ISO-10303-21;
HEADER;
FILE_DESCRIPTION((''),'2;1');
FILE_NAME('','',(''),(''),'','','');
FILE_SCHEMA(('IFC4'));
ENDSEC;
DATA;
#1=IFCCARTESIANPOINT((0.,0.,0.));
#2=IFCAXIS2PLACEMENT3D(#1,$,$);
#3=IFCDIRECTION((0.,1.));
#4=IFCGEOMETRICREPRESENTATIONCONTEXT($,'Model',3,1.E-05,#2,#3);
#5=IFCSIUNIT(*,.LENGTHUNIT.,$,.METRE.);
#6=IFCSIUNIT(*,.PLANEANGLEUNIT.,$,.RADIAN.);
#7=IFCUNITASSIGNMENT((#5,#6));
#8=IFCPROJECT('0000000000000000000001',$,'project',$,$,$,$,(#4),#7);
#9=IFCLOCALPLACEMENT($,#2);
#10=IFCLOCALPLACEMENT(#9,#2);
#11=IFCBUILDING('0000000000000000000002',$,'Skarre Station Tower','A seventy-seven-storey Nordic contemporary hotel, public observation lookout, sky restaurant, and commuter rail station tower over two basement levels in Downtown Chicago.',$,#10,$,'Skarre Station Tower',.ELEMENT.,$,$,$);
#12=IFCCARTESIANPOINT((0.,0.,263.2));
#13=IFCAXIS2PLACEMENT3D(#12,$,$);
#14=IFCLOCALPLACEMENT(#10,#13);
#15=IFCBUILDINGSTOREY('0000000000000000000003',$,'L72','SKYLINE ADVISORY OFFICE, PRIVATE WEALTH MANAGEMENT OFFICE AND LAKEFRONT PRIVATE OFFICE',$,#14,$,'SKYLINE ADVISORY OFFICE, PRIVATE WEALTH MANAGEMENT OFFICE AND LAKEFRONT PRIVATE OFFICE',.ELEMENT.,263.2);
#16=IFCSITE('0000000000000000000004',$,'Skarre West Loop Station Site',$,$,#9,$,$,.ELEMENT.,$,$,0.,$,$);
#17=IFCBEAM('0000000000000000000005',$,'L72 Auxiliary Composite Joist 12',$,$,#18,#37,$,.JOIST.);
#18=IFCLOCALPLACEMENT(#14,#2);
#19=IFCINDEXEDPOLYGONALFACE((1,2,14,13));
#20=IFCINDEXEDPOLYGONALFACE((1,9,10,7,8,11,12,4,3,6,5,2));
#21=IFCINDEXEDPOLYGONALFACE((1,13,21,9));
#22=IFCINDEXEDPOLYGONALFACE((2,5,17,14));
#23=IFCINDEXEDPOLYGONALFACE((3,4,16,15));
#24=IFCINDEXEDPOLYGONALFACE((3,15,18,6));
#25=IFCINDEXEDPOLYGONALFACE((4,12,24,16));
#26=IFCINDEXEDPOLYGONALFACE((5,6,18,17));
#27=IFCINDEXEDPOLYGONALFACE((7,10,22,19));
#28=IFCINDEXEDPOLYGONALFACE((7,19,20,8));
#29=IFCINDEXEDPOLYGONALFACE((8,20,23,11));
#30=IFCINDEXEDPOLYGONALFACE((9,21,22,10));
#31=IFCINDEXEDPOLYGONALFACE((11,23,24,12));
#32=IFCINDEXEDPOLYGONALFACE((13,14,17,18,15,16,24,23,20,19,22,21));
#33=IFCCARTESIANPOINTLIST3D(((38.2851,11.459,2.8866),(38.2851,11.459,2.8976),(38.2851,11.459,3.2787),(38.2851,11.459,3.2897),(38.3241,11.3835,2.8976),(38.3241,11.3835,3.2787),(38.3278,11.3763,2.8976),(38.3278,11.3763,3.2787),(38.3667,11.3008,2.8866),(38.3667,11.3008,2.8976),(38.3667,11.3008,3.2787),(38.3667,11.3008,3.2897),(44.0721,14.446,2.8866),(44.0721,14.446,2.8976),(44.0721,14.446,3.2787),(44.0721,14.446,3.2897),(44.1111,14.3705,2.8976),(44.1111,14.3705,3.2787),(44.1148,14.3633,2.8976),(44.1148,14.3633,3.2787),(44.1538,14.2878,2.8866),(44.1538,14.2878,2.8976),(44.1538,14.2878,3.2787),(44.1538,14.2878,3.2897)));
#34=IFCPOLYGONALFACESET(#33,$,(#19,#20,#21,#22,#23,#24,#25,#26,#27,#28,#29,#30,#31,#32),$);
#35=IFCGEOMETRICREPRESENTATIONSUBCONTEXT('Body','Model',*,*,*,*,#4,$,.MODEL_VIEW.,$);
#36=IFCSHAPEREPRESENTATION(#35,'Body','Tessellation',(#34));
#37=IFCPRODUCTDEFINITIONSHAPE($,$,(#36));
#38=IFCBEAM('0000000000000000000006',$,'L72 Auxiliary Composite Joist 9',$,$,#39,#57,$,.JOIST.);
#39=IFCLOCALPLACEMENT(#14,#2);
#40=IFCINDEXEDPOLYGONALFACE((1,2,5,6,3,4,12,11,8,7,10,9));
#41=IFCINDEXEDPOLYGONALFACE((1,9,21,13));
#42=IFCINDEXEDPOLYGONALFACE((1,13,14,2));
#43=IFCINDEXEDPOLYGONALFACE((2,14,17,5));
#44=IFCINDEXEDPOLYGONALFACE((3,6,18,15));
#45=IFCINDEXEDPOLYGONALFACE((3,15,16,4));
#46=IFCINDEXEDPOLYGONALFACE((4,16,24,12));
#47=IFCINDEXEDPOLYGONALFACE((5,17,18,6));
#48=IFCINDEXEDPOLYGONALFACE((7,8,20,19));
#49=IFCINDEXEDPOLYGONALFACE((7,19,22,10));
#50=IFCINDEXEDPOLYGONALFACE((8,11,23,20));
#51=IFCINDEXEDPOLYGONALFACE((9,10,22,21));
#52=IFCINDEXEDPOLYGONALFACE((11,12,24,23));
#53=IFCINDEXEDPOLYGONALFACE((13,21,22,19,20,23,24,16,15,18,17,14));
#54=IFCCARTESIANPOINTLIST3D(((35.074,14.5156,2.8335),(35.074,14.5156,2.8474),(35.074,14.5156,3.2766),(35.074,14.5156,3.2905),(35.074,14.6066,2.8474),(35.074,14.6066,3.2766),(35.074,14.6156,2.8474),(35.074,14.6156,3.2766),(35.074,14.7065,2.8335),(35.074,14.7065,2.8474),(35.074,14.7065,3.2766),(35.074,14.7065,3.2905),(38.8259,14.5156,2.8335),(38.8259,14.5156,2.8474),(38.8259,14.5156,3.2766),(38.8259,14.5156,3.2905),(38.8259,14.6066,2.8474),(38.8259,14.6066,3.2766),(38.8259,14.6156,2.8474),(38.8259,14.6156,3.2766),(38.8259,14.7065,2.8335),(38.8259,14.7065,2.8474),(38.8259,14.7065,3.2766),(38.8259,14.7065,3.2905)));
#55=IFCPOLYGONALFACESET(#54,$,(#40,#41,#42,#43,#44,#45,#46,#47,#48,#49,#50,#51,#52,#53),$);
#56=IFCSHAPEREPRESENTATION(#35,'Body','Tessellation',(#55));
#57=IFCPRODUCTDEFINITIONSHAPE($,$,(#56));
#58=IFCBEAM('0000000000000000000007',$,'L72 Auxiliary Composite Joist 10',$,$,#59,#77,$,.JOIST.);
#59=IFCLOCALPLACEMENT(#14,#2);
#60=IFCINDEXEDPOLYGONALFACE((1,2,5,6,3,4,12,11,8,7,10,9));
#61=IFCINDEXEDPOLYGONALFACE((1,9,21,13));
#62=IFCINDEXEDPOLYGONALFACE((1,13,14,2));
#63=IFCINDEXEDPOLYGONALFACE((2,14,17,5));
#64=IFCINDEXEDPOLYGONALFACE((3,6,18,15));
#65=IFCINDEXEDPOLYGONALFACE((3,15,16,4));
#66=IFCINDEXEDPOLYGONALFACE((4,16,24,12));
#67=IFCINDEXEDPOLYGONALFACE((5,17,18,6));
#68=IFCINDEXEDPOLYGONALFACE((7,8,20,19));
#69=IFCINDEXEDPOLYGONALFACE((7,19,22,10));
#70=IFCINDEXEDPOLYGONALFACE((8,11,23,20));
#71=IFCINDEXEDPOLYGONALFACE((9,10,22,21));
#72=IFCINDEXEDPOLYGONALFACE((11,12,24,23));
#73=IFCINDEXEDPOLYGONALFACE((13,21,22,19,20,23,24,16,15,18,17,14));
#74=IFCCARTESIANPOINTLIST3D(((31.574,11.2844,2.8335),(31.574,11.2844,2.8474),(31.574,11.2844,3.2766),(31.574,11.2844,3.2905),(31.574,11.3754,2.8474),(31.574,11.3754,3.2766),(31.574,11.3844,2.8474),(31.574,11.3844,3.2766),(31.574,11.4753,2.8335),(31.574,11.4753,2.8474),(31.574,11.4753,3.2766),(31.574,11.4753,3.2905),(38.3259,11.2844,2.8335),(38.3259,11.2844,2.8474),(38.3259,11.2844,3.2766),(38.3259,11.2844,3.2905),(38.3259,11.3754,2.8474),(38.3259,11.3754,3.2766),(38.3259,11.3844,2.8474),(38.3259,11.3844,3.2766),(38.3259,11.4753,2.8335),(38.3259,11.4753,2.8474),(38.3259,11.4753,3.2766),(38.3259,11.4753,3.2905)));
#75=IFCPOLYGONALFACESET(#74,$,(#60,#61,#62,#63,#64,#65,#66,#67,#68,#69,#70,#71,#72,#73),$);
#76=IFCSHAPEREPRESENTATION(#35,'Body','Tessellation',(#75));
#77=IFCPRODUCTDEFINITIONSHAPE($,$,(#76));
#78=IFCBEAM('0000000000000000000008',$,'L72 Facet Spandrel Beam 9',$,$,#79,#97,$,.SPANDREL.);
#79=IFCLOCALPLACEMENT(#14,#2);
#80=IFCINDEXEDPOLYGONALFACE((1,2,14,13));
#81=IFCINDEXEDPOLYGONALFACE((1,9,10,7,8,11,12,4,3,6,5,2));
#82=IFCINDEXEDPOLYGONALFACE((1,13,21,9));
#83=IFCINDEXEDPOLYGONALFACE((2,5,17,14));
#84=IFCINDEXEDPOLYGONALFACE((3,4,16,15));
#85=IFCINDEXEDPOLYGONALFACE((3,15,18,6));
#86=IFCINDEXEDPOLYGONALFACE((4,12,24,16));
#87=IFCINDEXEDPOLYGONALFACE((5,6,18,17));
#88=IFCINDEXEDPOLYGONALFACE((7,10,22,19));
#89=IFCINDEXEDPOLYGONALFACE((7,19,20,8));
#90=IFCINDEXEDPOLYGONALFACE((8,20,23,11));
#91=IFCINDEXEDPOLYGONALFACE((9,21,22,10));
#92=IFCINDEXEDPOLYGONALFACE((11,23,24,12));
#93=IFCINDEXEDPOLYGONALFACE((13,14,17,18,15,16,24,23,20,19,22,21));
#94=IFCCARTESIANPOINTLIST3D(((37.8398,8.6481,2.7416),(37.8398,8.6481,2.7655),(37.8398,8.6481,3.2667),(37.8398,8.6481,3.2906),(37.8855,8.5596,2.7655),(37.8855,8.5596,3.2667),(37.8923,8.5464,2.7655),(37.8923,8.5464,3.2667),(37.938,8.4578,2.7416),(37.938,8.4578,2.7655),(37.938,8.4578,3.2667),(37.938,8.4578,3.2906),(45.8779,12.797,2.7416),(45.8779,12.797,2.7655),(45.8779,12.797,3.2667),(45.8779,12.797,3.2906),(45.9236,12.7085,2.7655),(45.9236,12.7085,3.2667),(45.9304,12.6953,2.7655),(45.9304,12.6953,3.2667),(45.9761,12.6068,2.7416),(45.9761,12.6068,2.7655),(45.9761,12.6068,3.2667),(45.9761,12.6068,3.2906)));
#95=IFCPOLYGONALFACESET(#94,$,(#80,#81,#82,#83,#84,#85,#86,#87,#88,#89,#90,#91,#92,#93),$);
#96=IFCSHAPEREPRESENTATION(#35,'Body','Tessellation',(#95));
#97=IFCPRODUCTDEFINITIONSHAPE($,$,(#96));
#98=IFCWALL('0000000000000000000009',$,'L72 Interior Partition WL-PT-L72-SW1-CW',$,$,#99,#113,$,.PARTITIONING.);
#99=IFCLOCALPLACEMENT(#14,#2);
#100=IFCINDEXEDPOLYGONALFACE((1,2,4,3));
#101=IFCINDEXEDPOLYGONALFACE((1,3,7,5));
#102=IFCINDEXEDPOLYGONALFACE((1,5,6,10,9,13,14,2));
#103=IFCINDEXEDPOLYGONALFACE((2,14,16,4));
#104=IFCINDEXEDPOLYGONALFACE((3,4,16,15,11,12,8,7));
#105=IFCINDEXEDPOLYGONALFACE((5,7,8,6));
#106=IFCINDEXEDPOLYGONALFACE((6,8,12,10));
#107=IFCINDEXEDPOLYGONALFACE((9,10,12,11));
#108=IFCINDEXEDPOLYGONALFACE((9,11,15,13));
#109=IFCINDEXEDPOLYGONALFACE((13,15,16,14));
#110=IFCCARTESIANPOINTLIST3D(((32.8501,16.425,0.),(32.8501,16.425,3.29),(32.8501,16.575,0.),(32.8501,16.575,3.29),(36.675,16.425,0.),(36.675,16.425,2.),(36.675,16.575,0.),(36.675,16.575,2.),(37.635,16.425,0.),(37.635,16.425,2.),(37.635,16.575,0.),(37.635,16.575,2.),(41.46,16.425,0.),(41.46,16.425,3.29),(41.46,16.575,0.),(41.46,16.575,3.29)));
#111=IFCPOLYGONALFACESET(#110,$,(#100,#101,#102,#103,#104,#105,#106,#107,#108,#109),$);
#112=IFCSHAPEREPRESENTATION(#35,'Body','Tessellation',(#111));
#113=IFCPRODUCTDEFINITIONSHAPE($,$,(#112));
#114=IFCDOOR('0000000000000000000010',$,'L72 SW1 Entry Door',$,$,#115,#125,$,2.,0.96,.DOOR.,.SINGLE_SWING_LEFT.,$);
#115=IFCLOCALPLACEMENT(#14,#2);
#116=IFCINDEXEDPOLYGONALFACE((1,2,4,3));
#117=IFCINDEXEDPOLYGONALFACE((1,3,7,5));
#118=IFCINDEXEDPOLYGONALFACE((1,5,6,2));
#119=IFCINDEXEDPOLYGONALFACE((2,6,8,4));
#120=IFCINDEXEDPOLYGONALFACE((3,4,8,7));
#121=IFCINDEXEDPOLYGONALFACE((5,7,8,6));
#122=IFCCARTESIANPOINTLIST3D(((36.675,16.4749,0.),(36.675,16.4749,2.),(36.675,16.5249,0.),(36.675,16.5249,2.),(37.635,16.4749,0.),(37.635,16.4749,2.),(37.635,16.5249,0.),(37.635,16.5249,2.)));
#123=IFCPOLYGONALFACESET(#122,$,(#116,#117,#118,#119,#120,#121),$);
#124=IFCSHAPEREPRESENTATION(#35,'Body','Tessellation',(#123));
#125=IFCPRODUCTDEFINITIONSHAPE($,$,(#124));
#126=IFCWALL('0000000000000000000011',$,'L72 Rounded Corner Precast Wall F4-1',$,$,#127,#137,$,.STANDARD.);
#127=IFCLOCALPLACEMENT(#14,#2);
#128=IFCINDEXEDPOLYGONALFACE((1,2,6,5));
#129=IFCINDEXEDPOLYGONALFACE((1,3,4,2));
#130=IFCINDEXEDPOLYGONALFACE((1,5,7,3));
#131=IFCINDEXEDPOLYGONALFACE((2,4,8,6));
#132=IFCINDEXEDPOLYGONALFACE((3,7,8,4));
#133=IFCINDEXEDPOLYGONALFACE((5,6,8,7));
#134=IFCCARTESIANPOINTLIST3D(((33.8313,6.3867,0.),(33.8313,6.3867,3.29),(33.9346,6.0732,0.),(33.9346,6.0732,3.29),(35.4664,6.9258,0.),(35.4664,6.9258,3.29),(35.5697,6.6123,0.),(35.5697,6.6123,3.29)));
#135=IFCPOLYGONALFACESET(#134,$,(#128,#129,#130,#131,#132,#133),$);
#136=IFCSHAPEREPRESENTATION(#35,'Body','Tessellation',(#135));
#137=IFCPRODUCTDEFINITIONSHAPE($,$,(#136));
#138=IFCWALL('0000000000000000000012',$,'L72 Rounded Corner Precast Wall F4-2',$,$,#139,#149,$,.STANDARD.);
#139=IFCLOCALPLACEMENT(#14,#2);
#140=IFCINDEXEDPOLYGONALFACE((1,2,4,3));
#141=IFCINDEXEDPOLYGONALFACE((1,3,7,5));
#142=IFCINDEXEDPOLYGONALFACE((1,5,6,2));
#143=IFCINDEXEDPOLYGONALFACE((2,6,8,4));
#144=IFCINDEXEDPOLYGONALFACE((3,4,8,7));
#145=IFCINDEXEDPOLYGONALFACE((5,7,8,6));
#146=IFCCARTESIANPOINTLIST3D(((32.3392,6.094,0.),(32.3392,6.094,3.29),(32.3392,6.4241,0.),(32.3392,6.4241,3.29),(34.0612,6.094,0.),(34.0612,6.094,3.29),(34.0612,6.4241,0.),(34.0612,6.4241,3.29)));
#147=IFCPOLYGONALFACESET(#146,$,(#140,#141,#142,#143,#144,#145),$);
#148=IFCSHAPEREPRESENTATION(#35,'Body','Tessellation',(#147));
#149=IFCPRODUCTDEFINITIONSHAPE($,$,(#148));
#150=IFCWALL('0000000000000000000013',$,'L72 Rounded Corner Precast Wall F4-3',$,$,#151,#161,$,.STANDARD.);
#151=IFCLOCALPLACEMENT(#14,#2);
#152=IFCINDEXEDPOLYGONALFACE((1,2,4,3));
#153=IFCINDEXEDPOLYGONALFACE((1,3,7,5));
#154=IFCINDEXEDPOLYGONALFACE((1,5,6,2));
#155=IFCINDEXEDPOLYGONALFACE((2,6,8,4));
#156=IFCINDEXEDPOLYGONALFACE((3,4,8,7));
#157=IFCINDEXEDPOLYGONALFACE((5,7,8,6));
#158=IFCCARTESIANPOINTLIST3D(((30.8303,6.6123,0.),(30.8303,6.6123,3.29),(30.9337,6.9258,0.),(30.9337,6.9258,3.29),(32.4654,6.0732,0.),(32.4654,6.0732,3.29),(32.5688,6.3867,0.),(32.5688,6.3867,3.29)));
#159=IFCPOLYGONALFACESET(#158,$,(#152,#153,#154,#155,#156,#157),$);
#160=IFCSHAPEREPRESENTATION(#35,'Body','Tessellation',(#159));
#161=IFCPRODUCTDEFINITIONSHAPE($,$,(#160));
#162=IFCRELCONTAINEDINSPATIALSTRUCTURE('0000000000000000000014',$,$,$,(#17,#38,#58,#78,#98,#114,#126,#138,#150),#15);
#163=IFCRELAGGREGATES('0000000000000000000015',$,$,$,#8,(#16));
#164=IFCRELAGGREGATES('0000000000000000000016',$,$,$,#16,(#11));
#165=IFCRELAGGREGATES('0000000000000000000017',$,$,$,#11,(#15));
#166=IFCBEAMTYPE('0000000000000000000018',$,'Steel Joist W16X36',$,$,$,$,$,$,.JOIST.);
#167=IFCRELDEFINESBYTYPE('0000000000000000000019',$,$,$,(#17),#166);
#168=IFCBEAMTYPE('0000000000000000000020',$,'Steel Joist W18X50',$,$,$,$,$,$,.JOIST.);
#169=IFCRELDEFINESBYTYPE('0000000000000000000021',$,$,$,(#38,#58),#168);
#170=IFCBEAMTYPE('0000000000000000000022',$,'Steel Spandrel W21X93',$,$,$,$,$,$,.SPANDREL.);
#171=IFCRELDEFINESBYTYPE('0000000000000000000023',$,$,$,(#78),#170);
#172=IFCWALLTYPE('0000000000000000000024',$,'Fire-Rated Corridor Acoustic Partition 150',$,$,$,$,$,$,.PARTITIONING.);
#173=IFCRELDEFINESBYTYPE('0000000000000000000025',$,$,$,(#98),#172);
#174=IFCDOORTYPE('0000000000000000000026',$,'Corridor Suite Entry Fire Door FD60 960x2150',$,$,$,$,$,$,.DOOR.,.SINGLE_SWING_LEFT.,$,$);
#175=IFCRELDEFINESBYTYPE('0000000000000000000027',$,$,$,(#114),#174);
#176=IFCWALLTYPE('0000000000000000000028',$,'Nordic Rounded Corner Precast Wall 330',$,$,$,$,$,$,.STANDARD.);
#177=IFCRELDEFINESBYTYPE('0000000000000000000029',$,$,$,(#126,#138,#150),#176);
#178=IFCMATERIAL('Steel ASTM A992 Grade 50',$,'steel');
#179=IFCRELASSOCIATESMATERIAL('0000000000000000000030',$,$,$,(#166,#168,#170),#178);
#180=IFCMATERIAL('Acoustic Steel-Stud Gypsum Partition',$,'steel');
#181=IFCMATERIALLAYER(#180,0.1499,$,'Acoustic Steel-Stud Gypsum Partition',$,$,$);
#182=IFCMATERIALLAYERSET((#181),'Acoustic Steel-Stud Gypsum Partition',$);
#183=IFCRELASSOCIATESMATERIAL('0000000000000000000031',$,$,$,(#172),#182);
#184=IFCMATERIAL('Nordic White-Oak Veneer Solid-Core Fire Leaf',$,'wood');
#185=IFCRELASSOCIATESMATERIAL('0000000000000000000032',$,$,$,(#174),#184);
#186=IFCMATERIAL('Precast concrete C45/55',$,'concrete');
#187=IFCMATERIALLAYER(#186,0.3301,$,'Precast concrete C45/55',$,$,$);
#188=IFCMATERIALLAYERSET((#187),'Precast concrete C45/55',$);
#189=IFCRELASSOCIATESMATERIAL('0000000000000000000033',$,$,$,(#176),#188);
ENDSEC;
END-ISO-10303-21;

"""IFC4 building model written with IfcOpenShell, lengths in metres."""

from ifc_helpers import new_model, si_unit, direction, frame, frame_2d, origin, origin_2d, place, context, subcontext, project, spatial, rectangle, i_section, extrude, material, layer, layer_set, material_profile, profile_set, type_object, element, fill, save


model = new_model("IFC4")

# Units and contexts
model_context = context("Model", 3, precision=1e-05, world=origin(), true_north=direction((0.0, 1.0)))
body_context = subcontext(model_context, "Body", "Model", "MODEL_VIEW")
ifc_project = project(units=[si_unit("LENGTHUNIT", "METRE"), si_unit("PLANEANGLEUNIT", "RADIAN")], contexts=[model_context])

# Site, building, storey
site_placement = place(None, origin())
site = spatial("IfcSite", under=ifc_project, at=site_placement, Name="Skarre West Loop Station Site", CompositionType="ELEMENT", RefElevation=0.0)
building_placement = place(site_placement, origin())
building = spatial("IfcBuilding", under=site, at=building_placement, Name="Skarre Station Tower", Description="A seventy-seven-storey Nordic contemporary hotel, public observation lookout, sky restaurant, and commuter rail station tower over two basement levels in Downtown Chicago.", LongName="Skarre Station Tower", CompositionType="ELEMENT")
storey_placement = place(building_placement, frame((0.0, 0.0, 263.2)))
storey = spatial("IfcBuildingStorey", under=building, at=storey_placement, Name="L72", Description="SKYLINE ADVISORY OFFICE, PRIVATE WEALTH MANAGEMENT OFFICE AND LAKEFRONT PRIVATE OFFICE", LongName="SKYLINE ADVISORY OFFICE, PRIVATE WEALTH MANAGEMENT OFFICE AND LAKEFRONT PRIVATE OFFICE", CompositionType="ELEMENT", Elevation=263.2)

# Beams
ifc_material_1 = material(Name="Steel ASTM A992 Grade 50", Category="steel")
ifc_material_profile_1 = material_profile(ifc_material_1, i_section(OverallWidth=0.178, OverallDepth=0.4031, WebThickness=0.0081, FlangeThickness=0.011, at=origin_2d()), Name="Steel ASTM A992 Grade 50")
ifc_profile_set_1 = profile_set([ifc_material_profile_1], Name="Steel ASTM A992 Grade 50")
beam_type_1 = type_object("IfcBeamType", Name="Steel Joist W16X36", PredefinedType="JOIST", material=ifc_profile_set_1)
beam_1_placement = place(storey_placement, frame((38.3259, 11.3799, 3.0881), z_axis=(0.88861, 0.458663, 0.0), x_axis=(-0.458663, 0.88861, 0.0)))
element("IfcBeam", 1, at=beam_1_placement, inside=storey, type_object=beam_type_1, Name="L72 Auxiliary Composite Joist 12", PredefinedType="JOIST", context=body_context, shape_type="SweptSolid", body=[
    extrude(i_section(OverallWidth=0.178, OverallDepth=0.4031, WebThickness=0.0081, FlangeThickness=0.011, at=origin_2d()), origin(), (0.0, 0.0, 1.0), 6.5125),
])
ifc_material_profile_2 = material_profile(ifc_material_1, i_section(OverallWidth=0.1909, OverallDepth=0.457, WebThickness=0.009, FlangeThickness=0.0139, at=origin_2d()), Name="Steel ASTM A992 Grade 50")
ifc_profile_set_2 = profile_set([ifc_material_profile_2], Name="Steel ASTM A992 Grade 50")
beam_type_2 = type_object("IfcBeamType", Name="Steel Joist W18X50", PredefinedType="JOIST", material=ifc_profile_set_2)
beam_2_placement = place(storey_placement, frame((35.074, 14.6111, 3.062), z_axis=(1.0, 0.0, 0.0), x_axis=(0.0, 1.0, 0.0)))
element("IfcBeam", 2, at=beam_2_placement, inside=storey, type_object=beam_type_2, Name="L72 Auxiliary Composite Joist 9", PredefinedType="JOIST", context=body_context, shape_type="SweptSolid", body=[
    extrude(i_section(OverallWidth=0.1909, OverallDepth=0.457, WebThickness=0.009, FlangeThickness=0.0139, at=origin_2d()), origin(), (0.0, 0.0, 1.0), 3.752),
])
beam_3_placement = place(storey_placement, frame((31.574, 11.3799, 3.062), z_axis=(1.0, 0.0, 0.0), x_axis=(0.0, 1.0, 0.0)))
element("IfcBeam", 3, at=beam_3_placement, inside=storey, type_object=beam_type_2, Name="L72 Auxiliary Composite Joist 10", PredefinedType="JOIST", context=body_context, shape_type="SweptSolid", body=[
    extrude(i_section(OverallWidth=0.1909, OverallDepth=0.457, WebThickness=0.009, FlangeThickness=0.0139, at=origin_2d()), origin(), (0.0, 0.0, 1.0), 6.752),
])
ifc_material_profile_3 = material_profile(ifc_material_1, i_section(OverallWidth=0.2141, OverallDepth=0.5491, WebThickness=0.0149, FlangeThickness=0.0239, at=origin_2d()), Name="Steel ASTM A992 Grade 50")
ifc_profile_set_3 = profile_set([ifc_material_profile_3], Name="Steel ASTM A992 Grade 50")
beam_type_3 = type_object("IfcBeamType", Name="Steel Spandrel W21X93", PredefinedType="SPANDREL", material=ifc_profile_set_3)
beam_4_placement = place(storey_placement, frame((37.8889, 8.553, 3.0161), z_axis=(0.88861, 0.458664, 0.0), x_axis=(-0.458664, 0.88861, 0.0)))
element("IfcBeam", 4, at=beam_4_placement, inside=storey, type_object=beam_type_3, Name="L72 Facet Spandrel Beam 9", PredefinedType="SPANDREL", context=body_context, shape_type="SweptSolid", body=[
    extrude(i_section(OverallWidth=0.2141, OverallDepth=0.5491, WebThickness=0.0149, FlangeThickness=0.0239, at=origin_2d()), origin(), (0.0, 0.0, 1.0), 9.0457),
])

# Wall, opening, door
ifc_material_2 = material(Name="Acoustic Steel-Stud Gypsum Partition", Category="steel")
ifc_layer_1 = layer(ifc_material_2, 0.1499, Name="Acoustic Steel-Stud Gypsum Partition")
ifc_layer_set_1 = layer_set([ifc_layer_1], Name="Acoustic Steel-Stud Gypsum Partition")
wall_type_1 = type_object("IfcWallType", Name="Fire-Rated Corridor Acoustic Partition 150", PredefinedType="PARTITIONING", material=ifc_layer_set_1)
wall_1_placement = place(storey_placement, frame((32.8501, 16.5, 0.0), z_axis=(0.0, 0.0, 1.0), x_axis=(1.0, 0.0, 0.0)))
wall_1 = element("IfcWall", 5, at=wall_1_placement, inside=storey, type_object=wall_type_1, Name="L72 Interior Partition WL-PT-L72-SW1-CW", PredefinedType="PARTITIONING", context=body_context, shape_type="SweptSolid", body=[
    extrude(rectangle(XDim=8.6099, YDim=0.1499, at=frame_2d((4.3049, 0.0))), origin(), (0.0, 0.0, 1.0), 3.29),
])
opening_1_placement = place(wall_1_placement, frame((3.825, 0.0, 0.0)))
opening_1 = element("IfcOpeningElement", 6, at=opening_1_placement, cuts=wall_1, PredefinedType="OPENING", context=body_context, shape_type="SweptSolid", body=[
    extrude(rectangle(XDim=0.96, YDim=2.0, at=frame_2d((0.48, 1.0))), frame((0.0, 0.085, 0.0), z_axis=(0.0, -1.0, 0.0), x_axis=(1.0, 0.0, 0.0)), (0.0, 0.0, 1.0), 0.1699),
])
ifc_material_3 = material(Name="Nordic White-Oak Veneer Solid-Core Fire Leaf", Category="wood")
door_type_1 = type_object("IfcDoorType", Name="Corridor Suite Entry Fire Door FD60 960x2150", OperationType="SINGLE_SWING_LEFT", PredefinedType="DOOR", material=ifc_material_3)
door_1_placement = place(opening_1_placement, origin())
door_1 = element("IfcDoor", 7, at=door_1_placement, inside=storey, type_object=door_type_1, Name="L72 SW1 Entry Door", OperationType="SINGLE_SWING_LEFT", OverallHeight=2.0, OverallWidth=0.96, PredefinedType="DOOR", context=body_context, shape_type="SweptSolid", body=[
    extrude(rectangle(XDim=0.96, YDim=2.0, at=frame_2d((0.48, 1.0))), frame((0.0, 0.0249, 0.0), z_axis=(0.0, -1.0, 0.0), x_axis=(1.0, 0.0, 0.0)), (0.0, 0.0, 1.0), 0.05),
])
fill(opening_1, door_1)

# Walls
ifc_material_4 = material(Name="Precast concrete C45/55", Category="concrete")
ifc_layer_2 = layer(ifc_material_4, 0.3301, Name="Precast concrete C45/55")
ifc_layer_set_2 = layer_set([ifc_layer_2], Name="Precast concrete C45/55")
wall_type_2 = type_object("IfcWallType", Name="Nordic Rounded Corner Precast Wall 330", PredefinedType="STANDARD", material=ifc_layer_set_2)
wall_2_placement = place(storey_placement, frame((35.5181, 6.769, 0.0), z_axis=(0.0, 0.0, 1.0), x_axis=(-0.949713, -0.31312, 0.0)))
element("IfcWall", 8, at=wall_2_placement, inside=storey, type_object=wall_type_2, Name="L72 Rounded Corner Precast Wall F4-1", PredefinedType="STANDARD", context=body_context, shape_type="SweptSolid", body=[
    extrude(rectangle(XDim=1.7217, YDim=0.3301, at=frame_2d((0.8608, 0.0))), origin(), (0.0, 0.0, 1.0), 3.29),
])
wall_3_placement = place(storey_placement, frame((34.061, 6.259, 0.0), z_axis=(0.0, 0.0, 1.0), x_axis=(-1.0, 0.0, 0.0)))
element("IfcWall", 9, at=wall_3_placement, inside=storey, type_object=wall_type_2, Name="L72 Rounded Corner Precast Wall F4-2", PredefinedType="STANDARD", context=body_context, shape_type="SweptSolid", body=[
    extrude(rectangle(XDim=1.7219, YDim=0.3301, at=frame_2d((0.8608, 0.0))), origin(), (0.0, 0.0, 1.0), 3.29),
])
wall_4_placement = place(storey_placement, frame((32.5171, 6.23, 0.0), z_axis=(0.0, 0.0, 1.0), x_axis=(-0.949713, 0.31312, 0.0)))
element("IfcWall", 10, at=wall_4_placement, inside=storey, type_object=wall_type_2, Name="L72 Rounded Corner Precast Wall F4-3", PredefinedType="STANDARD", context=body_context, shape_type="SweptSolid", body=[
    extrude(rectangle(XDim=1.7217, YDim=0.3301, at=frame_2d((0.8608, 0.0))), origin(), (0.0, 0.0, 1.0), 3.29),
])

save(model, "model.ifc")
